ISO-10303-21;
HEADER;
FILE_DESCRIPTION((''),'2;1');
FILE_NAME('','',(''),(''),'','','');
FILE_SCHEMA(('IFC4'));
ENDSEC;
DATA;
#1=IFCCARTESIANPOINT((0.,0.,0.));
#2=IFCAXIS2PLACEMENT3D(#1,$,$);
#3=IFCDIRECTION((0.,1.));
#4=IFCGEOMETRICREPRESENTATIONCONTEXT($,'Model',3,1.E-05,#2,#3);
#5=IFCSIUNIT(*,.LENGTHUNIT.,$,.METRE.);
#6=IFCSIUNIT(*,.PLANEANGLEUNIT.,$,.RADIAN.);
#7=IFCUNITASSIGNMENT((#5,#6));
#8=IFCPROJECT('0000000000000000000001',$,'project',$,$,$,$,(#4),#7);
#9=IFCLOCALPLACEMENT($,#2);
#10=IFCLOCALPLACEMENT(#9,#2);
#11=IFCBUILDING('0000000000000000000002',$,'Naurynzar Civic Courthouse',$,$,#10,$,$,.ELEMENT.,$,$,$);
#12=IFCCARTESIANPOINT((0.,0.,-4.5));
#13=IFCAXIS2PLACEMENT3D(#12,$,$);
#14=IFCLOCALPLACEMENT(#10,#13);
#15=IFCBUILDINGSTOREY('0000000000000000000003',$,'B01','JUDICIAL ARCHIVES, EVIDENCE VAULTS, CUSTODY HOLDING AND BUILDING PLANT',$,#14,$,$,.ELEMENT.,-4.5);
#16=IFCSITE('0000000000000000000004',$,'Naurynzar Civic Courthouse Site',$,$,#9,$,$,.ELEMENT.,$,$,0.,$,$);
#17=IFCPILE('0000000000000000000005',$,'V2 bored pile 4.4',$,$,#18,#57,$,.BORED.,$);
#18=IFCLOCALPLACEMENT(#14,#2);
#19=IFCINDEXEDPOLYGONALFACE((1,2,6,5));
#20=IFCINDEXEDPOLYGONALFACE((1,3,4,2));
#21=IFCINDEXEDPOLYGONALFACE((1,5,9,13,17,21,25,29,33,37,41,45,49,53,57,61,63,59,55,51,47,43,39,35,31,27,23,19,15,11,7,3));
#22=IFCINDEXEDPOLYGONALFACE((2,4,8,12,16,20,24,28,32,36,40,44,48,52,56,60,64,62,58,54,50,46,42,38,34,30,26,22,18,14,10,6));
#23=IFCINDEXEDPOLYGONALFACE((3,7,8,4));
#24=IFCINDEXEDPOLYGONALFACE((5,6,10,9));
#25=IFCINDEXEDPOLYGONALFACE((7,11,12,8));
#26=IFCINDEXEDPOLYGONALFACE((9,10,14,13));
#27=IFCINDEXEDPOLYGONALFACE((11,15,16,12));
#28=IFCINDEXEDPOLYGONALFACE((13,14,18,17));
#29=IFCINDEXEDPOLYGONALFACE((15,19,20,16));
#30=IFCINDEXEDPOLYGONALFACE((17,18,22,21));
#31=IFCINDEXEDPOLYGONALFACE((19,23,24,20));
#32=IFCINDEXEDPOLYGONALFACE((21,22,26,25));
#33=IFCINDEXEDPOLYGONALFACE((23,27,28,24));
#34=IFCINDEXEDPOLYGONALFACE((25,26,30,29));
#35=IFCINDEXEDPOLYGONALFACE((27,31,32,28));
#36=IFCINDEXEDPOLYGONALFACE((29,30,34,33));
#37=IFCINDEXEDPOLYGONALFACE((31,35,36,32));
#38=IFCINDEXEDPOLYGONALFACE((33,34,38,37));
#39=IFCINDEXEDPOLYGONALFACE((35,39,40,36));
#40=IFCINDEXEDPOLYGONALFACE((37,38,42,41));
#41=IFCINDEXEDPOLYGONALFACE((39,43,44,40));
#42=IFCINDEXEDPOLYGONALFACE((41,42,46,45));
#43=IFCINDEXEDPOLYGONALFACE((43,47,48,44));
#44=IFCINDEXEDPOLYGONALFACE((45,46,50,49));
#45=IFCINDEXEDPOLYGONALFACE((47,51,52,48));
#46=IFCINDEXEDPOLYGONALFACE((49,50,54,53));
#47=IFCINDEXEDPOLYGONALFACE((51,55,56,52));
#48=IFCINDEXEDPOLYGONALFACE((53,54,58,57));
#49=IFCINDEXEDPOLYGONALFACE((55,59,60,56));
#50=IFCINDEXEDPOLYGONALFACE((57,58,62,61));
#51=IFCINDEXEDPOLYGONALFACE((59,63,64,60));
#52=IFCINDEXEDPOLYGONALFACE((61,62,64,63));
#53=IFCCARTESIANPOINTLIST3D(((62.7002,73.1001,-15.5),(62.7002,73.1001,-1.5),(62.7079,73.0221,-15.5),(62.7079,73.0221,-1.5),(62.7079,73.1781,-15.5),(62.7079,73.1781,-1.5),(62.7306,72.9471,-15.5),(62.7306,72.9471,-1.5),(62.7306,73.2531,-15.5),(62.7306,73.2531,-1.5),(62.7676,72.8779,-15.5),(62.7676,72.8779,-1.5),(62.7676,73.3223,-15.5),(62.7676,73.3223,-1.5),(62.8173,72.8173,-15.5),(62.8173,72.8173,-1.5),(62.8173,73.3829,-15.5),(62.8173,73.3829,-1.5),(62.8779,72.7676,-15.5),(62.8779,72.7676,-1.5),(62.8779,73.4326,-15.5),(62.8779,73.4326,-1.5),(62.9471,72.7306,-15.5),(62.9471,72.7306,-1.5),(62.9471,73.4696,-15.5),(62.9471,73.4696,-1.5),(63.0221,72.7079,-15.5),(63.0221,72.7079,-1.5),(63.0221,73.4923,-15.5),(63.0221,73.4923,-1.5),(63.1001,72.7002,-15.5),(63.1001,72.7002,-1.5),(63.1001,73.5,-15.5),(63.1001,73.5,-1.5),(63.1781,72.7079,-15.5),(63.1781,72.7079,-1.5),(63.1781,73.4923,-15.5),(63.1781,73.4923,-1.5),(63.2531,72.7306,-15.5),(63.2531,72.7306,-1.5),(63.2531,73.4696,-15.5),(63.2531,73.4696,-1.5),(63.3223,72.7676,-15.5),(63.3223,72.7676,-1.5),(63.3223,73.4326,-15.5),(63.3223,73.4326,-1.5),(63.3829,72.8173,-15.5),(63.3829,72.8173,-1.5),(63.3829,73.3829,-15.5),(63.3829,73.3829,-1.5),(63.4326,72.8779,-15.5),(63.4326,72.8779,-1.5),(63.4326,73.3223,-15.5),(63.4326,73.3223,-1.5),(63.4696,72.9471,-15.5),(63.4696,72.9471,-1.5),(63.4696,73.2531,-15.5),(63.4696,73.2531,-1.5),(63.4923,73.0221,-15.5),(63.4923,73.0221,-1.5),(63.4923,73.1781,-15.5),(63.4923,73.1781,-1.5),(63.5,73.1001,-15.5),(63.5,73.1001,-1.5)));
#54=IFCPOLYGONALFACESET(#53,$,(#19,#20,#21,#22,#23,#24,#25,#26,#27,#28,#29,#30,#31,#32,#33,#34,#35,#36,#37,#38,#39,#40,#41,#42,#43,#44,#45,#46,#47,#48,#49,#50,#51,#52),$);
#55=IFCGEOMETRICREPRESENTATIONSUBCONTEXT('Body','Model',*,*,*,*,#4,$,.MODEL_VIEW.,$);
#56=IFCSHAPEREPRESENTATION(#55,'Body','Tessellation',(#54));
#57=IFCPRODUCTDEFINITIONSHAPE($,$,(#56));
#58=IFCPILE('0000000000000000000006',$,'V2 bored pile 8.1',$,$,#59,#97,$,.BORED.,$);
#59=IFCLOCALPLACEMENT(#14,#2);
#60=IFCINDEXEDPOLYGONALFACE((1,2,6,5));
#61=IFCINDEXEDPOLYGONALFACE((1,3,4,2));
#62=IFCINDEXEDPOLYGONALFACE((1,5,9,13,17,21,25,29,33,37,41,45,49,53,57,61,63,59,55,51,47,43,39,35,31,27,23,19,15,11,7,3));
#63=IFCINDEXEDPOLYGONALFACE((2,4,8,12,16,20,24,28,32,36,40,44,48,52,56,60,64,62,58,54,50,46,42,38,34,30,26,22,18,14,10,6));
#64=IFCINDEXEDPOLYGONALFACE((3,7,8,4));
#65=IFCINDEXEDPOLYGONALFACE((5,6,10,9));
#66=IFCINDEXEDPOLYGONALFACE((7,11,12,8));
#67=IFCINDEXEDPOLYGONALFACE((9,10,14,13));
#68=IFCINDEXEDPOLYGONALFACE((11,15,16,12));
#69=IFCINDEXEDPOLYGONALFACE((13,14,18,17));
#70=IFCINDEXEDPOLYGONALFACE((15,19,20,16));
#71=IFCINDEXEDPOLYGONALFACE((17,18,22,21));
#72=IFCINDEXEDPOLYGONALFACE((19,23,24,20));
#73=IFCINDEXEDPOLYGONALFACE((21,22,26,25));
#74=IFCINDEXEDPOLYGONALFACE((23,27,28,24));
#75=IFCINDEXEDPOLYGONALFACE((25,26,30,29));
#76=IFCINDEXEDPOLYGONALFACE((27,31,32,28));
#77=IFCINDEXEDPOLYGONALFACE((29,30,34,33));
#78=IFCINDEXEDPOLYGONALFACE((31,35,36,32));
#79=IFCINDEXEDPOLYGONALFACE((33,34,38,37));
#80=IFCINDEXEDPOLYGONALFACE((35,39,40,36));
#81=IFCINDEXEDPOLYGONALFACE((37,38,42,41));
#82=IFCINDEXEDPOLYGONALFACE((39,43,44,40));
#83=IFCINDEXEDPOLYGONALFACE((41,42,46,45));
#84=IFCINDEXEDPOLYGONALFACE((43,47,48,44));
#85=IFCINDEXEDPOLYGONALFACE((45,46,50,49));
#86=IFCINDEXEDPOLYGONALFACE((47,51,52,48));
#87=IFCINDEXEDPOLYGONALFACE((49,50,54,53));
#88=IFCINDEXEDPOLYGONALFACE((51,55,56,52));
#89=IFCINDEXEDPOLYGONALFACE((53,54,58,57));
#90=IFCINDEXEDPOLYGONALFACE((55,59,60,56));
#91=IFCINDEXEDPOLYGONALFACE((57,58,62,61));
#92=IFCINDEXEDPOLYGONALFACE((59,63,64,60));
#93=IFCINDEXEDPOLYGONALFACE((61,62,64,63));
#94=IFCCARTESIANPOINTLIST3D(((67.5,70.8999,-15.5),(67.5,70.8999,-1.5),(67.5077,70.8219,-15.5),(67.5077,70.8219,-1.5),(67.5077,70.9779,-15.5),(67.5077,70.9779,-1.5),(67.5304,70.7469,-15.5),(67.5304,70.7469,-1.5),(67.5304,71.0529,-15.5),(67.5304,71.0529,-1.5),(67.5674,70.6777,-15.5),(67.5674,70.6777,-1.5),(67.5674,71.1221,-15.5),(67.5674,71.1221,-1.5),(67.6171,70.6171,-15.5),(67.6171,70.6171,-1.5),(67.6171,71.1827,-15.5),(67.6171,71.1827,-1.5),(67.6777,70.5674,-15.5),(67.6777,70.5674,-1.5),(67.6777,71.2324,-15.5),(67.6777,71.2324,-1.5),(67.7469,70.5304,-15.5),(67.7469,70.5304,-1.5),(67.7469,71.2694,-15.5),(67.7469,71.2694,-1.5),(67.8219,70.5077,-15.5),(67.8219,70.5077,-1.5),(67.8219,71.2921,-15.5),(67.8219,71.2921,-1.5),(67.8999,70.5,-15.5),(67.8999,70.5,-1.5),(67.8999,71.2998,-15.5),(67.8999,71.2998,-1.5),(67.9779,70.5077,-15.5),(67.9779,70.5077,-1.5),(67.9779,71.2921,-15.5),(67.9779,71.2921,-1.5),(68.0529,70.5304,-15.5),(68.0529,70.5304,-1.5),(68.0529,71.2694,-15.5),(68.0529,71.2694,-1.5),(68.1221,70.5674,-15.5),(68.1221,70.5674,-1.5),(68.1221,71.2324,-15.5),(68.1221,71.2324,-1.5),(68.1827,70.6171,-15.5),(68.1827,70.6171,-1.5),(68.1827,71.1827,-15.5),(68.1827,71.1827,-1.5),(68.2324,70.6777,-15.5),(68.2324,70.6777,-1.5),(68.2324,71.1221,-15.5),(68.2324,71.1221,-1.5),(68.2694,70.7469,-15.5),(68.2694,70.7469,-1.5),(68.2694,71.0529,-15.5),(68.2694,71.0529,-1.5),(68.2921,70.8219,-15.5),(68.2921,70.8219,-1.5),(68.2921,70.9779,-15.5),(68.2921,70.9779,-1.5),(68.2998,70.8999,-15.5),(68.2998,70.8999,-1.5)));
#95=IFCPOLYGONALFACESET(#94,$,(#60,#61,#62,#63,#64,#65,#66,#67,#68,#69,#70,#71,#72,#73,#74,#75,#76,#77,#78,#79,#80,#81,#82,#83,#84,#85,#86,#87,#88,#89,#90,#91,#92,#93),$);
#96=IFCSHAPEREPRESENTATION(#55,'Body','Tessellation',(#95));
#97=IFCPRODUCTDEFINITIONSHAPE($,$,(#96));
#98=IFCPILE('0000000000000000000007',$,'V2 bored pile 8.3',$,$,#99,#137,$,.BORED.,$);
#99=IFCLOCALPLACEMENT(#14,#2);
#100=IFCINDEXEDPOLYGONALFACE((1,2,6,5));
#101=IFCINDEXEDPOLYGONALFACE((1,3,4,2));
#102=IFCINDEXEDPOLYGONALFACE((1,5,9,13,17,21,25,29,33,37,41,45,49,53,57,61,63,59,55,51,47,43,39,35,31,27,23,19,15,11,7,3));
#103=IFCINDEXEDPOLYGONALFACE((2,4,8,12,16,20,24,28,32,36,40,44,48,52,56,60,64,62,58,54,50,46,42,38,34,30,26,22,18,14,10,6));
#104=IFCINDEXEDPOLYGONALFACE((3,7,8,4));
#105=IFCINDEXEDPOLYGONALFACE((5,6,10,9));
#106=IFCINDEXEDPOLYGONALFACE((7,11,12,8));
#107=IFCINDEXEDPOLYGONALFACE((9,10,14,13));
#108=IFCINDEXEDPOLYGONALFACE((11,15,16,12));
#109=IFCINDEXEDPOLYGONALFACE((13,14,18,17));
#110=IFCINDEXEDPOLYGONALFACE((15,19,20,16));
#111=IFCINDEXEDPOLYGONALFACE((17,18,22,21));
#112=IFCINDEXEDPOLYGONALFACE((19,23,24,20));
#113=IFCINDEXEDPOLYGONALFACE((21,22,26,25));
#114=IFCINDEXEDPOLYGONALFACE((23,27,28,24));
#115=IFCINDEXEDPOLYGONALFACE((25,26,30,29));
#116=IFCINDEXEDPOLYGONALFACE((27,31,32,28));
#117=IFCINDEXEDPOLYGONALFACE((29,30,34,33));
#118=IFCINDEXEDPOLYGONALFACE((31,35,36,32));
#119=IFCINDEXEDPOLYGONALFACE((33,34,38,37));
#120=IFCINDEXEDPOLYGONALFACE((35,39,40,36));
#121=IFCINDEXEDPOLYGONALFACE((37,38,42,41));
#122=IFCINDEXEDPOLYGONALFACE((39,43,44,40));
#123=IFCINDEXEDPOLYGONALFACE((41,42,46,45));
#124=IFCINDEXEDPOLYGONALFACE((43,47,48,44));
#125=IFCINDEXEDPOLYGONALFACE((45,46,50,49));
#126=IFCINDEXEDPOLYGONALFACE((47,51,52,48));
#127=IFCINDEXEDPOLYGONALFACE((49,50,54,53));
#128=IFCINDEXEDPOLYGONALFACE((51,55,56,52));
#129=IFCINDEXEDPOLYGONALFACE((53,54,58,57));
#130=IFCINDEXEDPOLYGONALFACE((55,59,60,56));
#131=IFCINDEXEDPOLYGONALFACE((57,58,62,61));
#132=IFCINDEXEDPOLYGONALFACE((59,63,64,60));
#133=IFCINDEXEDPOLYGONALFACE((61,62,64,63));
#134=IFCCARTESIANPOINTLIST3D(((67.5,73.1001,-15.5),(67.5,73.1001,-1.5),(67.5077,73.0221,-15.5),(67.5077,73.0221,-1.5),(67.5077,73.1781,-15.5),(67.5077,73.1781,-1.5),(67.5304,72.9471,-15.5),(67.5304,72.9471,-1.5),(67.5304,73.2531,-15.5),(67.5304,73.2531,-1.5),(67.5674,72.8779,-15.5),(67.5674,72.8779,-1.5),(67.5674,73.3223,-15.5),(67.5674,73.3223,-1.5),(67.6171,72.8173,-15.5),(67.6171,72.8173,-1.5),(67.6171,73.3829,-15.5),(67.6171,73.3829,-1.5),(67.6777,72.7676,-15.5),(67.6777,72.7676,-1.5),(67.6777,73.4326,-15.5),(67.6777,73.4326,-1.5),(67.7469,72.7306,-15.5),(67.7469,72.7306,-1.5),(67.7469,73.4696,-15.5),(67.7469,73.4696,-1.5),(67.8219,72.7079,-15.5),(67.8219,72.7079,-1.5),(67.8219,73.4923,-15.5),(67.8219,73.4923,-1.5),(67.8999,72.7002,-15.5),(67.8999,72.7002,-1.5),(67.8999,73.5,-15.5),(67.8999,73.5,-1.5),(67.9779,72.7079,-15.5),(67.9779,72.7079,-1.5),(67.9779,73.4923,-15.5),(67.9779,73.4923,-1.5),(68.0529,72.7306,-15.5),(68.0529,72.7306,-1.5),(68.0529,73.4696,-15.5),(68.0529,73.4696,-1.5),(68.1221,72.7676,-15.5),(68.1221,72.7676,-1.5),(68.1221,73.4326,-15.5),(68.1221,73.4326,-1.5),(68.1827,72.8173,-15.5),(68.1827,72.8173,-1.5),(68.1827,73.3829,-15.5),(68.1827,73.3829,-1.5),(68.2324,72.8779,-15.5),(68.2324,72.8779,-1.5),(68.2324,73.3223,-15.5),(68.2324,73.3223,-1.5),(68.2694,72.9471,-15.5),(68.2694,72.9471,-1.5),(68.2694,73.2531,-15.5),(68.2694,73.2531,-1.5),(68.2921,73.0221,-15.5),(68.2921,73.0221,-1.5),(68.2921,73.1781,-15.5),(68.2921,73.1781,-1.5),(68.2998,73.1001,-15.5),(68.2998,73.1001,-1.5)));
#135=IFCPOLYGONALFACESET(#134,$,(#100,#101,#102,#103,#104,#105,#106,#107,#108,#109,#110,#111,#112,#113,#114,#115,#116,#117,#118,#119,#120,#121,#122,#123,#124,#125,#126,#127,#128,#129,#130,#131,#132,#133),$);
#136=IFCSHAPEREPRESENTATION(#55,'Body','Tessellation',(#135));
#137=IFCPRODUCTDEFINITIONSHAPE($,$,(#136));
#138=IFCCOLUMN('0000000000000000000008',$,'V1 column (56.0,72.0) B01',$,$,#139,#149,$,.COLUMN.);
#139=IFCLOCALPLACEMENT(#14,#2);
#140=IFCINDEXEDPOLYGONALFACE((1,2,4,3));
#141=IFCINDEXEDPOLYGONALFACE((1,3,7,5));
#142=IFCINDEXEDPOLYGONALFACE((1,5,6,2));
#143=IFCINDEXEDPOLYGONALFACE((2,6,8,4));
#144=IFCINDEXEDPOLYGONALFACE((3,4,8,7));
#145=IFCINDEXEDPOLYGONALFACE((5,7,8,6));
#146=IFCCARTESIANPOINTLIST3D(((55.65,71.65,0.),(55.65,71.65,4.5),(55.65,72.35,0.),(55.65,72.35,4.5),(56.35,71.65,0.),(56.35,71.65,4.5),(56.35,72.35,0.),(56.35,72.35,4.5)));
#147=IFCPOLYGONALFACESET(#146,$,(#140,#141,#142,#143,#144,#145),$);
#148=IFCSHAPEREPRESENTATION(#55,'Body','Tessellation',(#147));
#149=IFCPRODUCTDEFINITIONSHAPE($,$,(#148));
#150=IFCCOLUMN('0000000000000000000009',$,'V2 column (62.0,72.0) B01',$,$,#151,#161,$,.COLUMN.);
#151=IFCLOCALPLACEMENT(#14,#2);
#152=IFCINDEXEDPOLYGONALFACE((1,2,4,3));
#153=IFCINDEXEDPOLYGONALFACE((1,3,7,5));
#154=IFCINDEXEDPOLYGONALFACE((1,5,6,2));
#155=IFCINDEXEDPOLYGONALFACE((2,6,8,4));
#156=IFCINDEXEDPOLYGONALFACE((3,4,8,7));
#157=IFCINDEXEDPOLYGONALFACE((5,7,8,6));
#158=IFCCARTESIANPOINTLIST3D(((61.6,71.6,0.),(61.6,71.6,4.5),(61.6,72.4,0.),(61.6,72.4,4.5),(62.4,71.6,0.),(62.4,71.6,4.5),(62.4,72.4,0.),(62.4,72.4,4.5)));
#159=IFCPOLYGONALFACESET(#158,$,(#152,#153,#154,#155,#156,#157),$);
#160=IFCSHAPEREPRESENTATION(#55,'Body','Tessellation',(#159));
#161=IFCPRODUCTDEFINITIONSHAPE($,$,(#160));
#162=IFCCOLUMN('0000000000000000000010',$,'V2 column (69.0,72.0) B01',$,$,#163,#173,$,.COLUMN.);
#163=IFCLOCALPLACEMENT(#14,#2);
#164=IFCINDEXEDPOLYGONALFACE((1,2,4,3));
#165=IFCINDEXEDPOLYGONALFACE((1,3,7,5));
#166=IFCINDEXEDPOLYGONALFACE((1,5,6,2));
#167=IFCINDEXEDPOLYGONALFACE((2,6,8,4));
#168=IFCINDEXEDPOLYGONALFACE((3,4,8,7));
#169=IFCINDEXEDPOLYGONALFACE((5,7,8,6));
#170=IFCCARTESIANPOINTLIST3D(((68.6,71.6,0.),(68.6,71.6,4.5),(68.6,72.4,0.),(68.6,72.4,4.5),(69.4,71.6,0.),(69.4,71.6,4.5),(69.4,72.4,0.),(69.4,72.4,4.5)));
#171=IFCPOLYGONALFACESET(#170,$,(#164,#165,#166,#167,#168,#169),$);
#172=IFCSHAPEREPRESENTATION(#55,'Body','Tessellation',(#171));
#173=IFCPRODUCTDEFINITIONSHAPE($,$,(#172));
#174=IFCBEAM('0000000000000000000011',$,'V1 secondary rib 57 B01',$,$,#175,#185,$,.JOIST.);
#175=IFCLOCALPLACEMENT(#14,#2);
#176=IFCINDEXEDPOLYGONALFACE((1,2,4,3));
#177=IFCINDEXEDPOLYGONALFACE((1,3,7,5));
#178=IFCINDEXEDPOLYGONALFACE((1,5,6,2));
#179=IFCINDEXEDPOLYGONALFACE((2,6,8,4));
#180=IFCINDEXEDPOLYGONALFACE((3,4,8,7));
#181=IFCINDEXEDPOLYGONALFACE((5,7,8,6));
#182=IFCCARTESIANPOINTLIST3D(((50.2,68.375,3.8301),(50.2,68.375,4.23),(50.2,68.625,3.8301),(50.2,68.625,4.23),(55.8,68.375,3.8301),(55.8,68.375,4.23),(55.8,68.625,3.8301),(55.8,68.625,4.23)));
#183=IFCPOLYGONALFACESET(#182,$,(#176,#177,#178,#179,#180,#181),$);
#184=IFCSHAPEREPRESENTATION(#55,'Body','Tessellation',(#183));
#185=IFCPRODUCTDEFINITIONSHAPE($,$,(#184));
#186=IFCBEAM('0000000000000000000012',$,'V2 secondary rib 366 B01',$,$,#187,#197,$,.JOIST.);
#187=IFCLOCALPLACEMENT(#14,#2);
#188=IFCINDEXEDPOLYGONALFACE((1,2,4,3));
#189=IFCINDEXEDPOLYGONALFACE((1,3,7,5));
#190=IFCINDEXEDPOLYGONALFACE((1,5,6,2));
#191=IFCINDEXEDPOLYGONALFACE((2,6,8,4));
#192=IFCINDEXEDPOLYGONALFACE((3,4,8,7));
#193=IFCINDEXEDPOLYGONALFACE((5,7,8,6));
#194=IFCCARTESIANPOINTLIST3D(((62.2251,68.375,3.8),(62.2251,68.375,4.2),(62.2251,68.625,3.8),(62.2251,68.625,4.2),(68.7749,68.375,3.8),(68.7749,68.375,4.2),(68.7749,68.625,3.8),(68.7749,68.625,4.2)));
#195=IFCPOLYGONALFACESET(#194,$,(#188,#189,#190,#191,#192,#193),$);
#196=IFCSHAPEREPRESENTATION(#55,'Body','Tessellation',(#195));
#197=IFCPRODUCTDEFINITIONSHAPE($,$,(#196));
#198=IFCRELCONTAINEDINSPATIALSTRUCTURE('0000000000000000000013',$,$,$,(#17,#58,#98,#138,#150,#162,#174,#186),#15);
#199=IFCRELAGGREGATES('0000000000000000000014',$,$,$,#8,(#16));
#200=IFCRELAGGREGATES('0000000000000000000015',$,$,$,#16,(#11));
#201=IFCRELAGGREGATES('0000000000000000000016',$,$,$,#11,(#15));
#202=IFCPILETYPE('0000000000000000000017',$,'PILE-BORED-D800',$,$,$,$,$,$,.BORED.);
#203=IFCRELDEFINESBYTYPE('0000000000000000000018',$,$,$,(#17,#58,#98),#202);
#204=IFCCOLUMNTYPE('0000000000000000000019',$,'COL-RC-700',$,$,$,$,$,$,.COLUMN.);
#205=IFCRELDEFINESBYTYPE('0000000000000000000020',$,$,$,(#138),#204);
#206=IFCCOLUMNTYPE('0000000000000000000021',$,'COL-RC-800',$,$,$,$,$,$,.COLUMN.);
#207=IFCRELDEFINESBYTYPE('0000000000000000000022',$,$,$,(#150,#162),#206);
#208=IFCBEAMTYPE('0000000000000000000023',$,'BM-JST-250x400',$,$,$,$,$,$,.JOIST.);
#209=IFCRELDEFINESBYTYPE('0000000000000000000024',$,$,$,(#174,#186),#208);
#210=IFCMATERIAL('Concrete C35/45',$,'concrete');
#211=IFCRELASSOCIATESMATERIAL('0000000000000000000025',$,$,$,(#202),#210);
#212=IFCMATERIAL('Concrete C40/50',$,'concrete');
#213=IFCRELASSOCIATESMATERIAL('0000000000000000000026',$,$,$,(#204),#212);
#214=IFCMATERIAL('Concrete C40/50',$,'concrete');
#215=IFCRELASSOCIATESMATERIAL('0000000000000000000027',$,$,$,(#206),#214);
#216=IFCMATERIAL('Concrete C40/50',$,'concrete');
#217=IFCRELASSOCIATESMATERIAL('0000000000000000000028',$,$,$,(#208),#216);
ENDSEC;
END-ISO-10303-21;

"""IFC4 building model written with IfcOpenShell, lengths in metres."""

from ifc_helpers import new_model, si_unit, direction, frame, origin, origin_2d, place, context, subcontext, project, spatial, rectangle, circle, extrude, material, material_profile, profile_set, type_object, element, save


model = new_model("IFC4")

# Units and contexts
model_context = context("Model", 3, precision=1e-05, world=origin(), true_north=direction((0.0, 1.0)))
body_context = subcontext(model_context, "Body", "Model", "MODEL_VIEW")
ifc_project = project(units=[si_unit("LENGTHUNIT", "METRE"), si_unit("PLANEANGLEUNIT", "RADIAN")], contexts=[model_context])

# Site, building, storey
site_placement = place(None, origin())
site = spatial("IfcSite", under=ifc_project, at=site_placement, Name="Naurynzar Civic Courthouse Site", CompositionType="ELEMENT", RefElevation=0.0)
building_placement = place(site_placement, origin())
building = spatial("IfcBuilding", under=site, at=building_placement, Name="Naurynzar Civic Courthouse", CompositionType="ELEMENT")
storey_placement = place(building_placement, frame((0.0, 0.0, -4.5)))
storey = spatial("IfcBuildingStorey", under=building, at=storey_placement, Name="B01", Description="JUDICIAL ARCHIVES, EVIDENCE VAULTS, CUSTODY HOLDING AND BUILDING PLANT", CompositionType="ELEMENT", Elevation=-4.5)

# Piles
ifc_material_1 = material(Name="Concrete C35/45", Category="concrete")
ifc_material_profile_1 = material_profile(ifc_material_1, circle(Radius=0.3999, at=origin_2d()), Name="PILE D800")
ifc_profile_set_1 = profile_set([ifc_material_profile_1], Name="Concrete C35/45")
pile_type_1 = type_object("IfcPileType", Name="PILE-BORED-D800", PredefinedType="BORED", material=ifc_profile_set_1)
for number, where, z_axis, x_axis, name in (
    (1, (63.1001, 73.1001, -1.5), (0.0, 0.0, -1.0), (1.0, 0.0, 0.0), "V2 bored pile 4.4"),
    (2, (67.8999, 70.8999, -1.5), (0.0, 0.0, -1.0), (1.0, 0.0, 0.0), "V2 bored pile 8.1"),
    (3, (67.8999, 73.1001, -1.5), (0.0, 0.0, -1.0), (1.0, 0.0, 0.0), "V2 bored pile 8.3"),
):
    element("IfcPile", number, at=place(storey_placement, frame(where, z_axis=z_axis, x_axis=x_axis)), inside=storey, type_object=pile_type_1, Name=name, PredefinedType="BORED", context=body_context, shape_type="SweptSolid", body=[
        extrude(circle(Radius=0.3999, at=origin_2d()), origin(), (0.0, 0.0, 1.0), 14.0),
    ])

# Columns
ifc_material_2 = material(Name="Concrete C40/50", Category="concrete")
ifc_material_profile_2 = material_profile(ifc_material_2, rectangle(XDim=0.7, YDim=0.7, at=origin_2d()), Name="RC 700x700")
ifc_profile_set_2 = profile_set([ifc_material_profile_2], Name="Concrete C40/50")
column_type_1 = type_object("IfcColumnType", Name="COL-RC-700", PredefinedType="COLUMN", material=ifc_profile_set_2)
column_placement = place(storey_placement, frame((56.0, 72.0, 0.0), z_axis=(0.0, 0.0, 1.0), x_axis=(1.0, 0.0, 0.0)))
element("IfcColumn", 4, at=column_placement, inside=storey, type_object=column_type_1, Name="V1 column (56.0,72.0) B01", PredefinedType="COLUMN", context=body_context, shape_type="SweptSolid", body=[
    extrude(rectangle(XDim=0.7, YDim=0.7, at=origin_2d()), origin(), (0.0, 0.0, 1.0), 4.5),
])
ifc_material_3 = material(Name="Concrete C40/50", Category="concrete")
ifc_material_profile_3 = material_profile(ifc_material_3, rectangle(XDim=0.8, YDim=0.8, at=origin_2d()), Name="RC 800x800")
ifc_profile_set_3 = profile_set([ifc_material_profile_3], Name="Concrete C40/50")
column_type_2 = type_object("IfcColumnType", Name="COL-RC-800", PredefinedType="COLUMN", material=ifc_profile_set_3)
for number, where, z_axis, x_axis, name in (
    (5, (62.0, 72.0, 0.0), (0.0, 0.0, 1.0), (1.0, 0.0, 0.0), "V2 column (62.0,72.0) B01"),
    (6, (69.0, 72.0, 0.0), (0.0, 0.0, 1.0), (1.0, 0.0, 0.0), "V2 column (69.0,72.0) B01"),
):
    element("IfcColumn", number, at=place(storey_placement, frame(where, z_axis=z_axis, x_axis=x_axis)), inside=storey, type_object=column_type_2, Name=name, PredefinedType="COLUMN", context=body_context, shape_type="SweptSolid", body=[
        extrude(rectangle(XDim=0.8, YDim=0.8, at=origin_2d()), origin(), (0.0, 0.0, 1.0), 4.5),
    ])

# Beams
ifc_material_4 = material(Name="Concrete C40/50", Category="concrete")
ifc_material_profile_4 = material_profile(ifc_material_4, rectangle(XDim=0.25, YDim=0.3999, at=origin_2d()), Name="RCB 250x400")
ifc_profile_set_4 = profile_set([ifc_material_profile_4], Name="Concrete C40/50")
beam_type_1 = type_object("IfcBeamType", Name="BM-JST-250x400", PredefinedType="JOIST", material=ifc_profile_set_4)
beam_1_placement = place(storey_placement, frame((50.2, 68.5, 4.03), z_axis=(1.0, 0.0, 0.0), x_axis=(0.0, 1.0, 0.0)))
element("IfcBeam", 7, at=beam_1_placement, inside=storey, type_object=beam_type_1, Name="V1 secondary rib 57 B01", PredefinedType="JOIST", context=body_context, shape_type="SweptSolid", body=[
    extrude(rectangle(XDim=0.25, YDim=0.3999, at=origin_2d()), origin(), (0.0, 0.0, 1.0), 5.6001),
])
beam_2_placement = place(storey_placement, frame((62.2251, 68.5, 4.0), z_axis=(1.0, 0.0, 0.0), x_axis=(0.0, 1.0, 0.0)))
element("IfcBeam", 8, at=beam_2_placement, inside=storey, type_object=beam_type_1, Name="V2 secondary rib 366 B01", PredefinedType="JOIST", context=body_context, shape_type="SweptSolid", body=[
    extrude(rectangle(XDim=0.25, YDim=0.3999, at=origin_2d()), origin(), (0.0, 0.0, 1.0), 6.5498),
])

save(model, "model.ifc")
